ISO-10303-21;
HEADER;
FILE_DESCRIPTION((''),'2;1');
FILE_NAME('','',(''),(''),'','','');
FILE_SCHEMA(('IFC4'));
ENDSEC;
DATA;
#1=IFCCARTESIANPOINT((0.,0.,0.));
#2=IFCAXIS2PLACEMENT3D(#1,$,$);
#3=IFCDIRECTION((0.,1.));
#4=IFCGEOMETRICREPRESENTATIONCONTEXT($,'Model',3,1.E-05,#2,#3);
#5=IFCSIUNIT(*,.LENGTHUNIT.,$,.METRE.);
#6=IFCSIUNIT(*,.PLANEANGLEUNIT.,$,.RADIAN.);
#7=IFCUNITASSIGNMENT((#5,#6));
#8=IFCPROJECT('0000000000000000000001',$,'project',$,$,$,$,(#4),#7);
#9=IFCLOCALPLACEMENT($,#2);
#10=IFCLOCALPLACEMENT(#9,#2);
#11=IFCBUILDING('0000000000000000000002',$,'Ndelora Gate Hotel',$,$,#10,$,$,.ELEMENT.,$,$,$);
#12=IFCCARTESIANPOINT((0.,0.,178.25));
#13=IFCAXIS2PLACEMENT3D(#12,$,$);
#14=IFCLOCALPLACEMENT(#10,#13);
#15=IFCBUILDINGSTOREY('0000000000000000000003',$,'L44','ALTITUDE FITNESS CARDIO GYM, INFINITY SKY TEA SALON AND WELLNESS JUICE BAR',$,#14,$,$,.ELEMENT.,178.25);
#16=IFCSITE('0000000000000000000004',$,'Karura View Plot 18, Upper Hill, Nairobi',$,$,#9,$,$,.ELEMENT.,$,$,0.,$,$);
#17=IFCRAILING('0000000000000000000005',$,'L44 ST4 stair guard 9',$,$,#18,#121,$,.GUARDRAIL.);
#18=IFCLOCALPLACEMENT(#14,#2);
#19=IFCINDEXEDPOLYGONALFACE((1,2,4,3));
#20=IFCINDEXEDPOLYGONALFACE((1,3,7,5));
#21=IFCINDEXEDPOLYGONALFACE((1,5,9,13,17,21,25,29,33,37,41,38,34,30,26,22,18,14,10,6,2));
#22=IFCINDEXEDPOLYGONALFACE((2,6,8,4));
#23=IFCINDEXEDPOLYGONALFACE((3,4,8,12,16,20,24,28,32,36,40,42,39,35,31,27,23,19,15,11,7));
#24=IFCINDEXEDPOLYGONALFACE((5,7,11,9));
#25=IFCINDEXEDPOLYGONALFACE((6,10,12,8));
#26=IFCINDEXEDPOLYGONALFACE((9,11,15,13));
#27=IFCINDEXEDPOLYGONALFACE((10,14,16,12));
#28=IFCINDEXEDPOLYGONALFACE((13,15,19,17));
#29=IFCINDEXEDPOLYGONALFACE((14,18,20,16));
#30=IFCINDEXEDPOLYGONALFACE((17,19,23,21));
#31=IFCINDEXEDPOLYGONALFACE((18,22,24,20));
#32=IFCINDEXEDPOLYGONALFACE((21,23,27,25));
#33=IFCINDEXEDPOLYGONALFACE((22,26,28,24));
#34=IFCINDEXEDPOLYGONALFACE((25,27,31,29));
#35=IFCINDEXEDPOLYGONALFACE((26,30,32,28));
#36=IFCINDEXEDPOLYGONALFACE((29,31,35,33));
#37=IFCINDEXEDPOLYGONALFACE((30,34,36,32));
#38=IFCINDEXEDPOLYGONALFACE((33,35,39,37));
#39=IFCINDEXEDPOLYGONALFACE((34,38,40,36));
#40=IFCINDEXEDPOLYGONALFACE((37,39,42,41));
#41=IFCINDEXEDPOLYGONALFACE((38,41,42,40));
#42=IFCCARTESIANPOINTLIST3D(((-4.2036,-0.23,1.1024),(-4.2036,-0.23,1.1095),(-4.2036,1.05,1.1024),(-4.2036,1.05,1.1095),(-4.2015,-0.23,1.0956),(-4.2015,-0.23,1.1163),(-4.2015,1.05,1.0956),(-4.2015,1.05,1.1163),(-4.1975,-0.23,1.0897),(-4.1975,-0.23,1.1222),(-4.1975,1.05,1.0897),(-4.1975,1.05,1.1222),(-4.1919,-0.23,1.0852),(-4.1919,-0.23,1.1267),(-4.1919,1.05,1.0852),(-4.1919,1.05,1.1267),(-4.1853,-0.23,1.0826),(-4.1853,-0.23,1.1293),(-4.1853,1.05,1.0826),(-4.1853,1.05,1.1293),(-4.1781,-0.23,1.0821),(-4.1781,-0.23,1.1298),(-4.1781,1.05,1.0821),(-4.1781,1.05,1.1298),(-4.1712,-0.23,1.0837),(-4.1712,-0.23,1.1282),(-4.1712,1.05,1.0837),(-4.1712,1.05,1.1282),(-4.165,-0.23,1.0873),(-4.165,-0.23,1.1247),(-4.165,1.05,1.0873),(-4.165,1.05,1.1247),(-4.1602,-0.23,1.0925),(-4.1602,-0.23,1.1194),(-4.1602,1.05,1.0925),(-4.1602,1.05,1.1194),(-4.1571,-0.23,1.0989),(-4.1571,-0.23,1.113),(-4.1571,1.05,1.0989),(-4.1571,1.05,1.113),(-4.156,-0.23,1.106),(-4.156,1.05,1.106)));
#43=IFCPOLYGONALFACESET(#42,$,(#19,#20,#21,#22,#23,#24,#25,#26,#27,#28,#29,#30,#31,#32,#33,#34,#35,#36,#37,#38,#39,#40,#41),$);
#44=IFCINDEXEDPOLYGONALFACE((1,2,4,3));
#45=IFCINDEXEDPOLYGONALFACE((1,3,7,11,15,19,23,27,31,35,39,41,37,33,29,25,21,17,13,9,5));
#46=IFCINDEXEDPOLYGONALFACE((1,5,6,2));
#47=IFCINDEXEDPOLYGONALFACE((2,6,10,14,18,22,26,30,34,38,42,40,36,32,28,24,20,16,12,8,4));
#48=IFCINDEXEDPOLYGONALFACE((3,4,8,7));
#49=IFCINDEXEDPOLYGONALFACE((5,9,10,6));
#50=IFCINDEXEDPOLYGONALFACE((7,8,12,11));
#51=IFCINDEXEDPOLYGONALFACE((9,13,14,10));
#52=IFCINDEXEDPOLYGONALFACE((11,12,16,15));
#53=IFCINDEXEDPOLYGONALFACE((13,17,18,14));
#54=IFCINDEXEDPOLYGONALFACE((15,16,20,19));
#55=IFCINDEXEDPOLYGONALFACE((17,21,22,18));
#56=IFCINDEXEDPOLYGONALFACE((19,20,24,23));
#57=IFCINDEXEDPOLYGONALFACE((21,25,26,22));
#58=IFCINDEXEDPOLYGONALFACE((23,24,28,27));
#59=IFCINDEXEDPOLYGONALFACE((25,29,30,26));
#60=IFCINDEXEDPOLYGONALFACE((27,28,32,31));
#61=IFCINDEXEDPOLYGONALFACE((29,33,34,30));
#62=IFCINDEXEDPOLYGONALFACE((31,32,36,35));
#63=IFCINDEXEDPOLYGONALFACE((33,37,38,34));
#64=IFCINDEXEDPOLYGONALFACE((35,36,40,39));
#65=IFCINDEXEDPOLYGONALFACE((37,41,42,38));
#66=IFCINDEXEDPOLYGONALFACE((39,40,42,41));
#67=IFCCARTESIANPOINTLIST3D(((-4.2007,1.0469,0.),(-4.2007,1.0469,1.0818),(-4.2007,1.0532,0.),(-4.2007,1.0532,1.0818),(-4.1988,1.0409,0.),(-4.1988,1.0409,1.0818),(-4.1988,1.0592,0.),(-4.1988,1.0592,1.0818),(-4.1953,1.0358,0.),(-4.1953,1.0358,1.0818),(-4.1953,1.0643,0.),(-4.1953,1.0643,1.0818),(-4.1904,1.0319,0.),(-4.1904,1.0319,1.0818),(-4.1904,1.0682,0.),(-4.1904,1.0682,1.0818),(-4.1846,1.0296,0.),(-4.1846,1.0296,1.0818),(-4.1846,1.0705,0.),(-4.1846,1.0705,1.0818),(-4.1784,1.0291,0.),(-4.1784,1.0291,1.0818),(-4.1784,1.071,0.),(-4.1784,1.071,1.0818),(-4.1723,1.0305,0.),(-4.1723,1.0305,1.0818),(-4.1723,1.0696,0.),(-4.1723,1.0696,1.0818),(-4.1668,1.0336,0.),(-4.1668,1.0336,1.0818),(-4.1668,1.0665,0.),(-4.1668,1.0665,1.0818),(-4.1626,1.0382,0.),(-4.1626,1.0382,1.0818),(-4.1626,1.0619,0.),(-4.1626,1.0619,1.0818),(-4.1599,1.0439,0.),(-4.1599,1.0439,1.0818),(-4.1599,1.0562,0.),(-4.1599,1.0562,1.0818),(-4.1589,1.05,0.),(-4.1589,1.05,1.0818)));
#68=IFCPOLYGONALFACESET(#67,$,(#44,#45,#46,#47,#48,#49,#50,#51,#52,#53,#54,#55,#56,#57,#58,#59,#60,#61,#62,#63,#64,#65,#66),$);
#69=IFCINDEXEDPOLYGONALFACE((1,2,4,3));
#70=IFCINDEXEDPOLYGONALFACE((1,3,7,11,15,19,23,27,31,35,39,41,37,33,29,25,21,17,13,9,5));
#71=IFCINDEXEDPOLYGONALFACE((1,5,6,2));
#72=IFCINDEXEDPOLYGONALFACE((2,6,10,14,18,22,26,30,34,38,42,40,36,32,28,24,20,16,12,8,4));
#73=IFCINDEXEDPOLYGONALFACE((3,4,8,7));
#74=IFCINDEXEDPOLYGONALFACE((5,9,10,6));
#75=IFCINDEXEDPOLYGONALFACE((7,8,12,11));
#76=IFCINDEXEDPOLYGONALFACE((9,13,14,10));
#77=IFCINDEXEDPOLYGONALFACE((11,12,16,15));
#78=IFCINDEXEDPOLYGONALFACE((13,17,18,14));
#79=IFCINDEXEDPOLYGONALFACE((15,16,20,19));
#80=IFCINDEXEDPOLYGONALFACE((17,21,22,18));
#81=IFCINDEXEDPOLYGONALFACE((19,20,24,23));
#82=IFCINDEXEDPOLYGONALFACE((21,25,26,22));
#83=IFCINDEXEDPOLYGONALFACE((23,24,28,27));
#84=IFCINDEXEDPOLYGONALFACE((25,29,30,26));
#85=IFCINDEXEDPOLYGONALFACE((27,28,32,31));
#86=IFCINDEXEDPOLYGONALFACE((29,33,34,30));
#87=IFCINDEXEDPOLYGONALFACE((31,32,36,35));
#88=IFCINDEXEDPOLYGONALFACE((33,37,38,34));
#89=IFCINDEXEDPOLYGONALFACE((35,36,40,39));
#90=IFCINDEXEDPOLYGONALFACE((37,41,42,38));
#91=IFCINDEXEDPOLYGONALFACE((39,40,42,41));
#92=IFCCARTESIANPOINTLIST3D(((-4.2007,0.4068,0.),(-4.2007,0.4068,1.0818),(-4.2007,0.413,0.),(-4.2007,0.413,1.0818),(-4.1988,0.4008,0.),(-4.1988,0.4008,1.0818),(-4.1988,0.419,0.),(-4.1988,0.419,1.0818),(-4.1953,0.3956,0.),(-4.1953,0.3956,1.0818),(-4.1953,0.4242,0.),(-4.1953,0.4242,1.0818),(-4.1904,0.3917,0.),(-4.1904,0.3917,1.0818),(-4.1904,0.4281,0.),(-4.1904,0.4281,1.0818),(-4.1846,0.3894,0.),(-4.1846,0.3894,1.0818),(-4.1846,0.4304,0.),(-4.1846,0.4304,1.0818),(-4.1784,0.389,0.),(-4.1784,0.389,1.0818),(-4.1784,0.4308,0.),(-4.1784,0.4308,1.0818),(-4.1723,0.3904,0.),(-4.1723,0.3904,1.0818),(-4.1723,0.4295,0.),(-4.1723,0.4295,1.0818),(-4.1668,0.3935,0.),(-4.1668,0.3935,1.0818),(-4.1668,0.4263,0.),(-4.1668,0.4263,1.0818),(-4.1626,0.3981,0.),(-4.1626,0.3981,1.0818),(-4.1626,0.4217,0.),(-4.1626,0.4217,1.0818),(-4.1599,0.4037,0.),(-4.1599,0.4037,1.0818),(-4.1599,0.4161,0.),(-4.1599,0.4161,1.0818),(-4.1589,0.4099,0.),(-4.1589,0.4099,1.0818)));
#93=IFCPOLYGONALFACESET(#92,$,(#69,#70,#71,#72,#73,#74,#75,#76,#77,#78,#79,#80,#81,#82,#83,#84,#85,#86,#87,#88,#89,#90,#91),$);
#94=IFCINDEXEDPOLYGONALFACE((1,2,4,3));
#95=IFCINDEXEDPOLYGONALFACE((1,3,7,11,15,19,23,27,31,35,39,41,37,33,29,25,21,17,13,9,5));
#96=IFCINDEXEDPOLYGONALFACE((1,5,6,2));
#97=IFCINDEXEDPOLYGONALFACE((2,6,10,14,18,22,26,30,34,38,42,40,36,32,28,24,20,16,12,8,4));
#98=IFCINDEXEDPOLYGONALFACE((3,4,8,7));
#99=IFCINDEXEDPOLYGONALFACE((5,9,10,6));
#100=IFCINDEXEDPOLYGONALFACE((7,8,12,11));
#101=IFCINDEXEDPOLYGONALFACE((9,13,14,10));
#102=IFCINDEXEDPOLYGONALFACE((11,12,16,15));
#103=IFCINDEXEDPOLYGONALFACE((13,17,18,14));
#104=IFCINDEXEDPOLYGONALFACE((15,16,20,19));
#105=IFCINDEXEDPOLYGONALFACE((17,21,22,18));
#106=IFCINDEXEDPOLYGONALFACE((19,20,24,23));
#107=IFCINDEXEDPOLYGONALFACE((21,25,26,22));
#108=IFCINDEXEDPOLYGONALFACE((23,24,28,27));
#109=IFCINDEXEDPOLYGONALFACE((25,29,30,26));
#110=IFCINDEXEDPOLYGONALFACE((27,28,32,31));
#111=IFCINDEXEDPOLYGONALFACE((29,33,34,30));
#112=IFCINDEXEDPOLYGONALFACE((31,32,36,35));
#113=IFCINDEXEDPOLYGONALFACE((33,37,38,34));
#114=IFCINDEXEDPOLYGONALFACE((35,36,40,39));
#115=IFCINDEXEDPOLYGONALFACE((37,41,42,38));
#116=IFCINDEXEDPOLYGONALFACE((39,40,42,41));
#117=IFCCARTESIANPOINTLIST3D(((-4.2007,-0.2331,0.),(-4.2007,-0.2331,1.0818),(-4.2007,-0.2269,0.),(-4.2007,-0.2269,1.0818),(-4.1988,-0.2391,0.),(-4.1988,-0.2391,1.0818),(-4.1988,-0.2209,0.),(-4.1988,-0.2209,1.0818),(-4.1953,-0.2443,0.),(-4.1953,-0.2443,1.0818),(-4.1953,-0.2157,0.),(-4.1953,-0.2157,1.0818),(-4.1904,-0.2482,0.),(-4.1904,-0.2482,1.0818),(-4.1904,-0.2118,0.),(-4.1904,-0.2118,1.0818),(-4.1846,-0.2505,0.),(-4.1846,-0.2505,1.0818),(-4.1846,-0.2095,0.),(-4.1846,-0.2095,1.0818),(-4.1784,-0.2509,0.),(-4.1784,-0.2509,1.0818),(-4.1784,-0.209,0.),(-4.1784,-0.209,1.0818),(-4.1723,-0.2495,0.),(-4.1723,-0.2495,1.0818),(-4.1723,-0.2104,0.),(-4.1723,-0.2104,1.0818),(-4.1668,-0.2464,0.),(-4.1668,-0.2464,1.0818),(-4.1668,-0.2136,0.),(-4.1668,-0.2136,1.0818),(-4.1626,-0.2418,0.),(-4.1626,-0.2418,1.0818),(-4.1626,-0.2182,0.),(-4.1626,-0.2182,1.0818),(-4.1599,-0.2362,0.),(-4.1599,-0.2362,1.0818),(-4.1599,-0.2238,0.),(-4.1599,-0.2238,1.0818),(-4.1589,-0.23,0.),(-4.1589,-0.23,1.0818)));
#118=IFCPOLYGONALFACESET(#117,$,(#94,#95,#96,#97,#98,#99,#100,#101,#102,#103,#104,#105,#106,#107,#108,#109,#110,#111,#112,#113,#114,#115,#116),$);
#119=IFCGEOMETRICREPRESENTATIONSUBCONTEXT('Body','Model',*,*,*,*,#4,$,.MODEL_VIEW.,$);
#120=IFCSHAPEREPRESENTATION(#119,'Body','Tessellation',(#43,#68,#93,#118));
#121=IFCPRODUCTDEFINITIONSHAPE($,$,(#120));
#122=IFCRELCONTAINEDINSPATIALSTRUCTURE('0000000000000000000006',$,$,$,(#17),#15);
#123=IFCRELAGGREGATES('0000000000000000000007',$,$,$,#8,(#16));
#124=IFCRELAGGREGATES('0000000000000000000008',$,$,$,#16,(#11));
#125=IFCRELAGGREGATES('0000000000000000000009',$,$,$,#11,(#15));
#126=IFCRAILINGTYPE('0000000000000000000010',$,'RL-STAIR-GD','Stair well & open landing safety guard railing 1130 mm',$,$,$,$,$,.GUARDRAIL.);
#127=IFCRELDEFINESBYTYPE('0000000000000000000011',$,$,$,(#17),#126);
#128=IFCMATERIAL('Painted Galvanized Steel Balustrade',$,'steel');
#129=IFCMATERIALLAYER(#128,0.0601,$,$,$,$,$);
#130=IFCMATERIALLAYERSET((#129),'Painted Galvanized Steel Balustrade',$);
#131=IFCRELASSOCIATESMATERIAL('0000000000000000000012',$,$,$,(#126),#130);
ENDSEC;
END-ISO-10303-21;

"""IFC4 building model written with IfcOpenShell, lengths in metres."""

from ifc_helpers import new_model, si_unit, direction, frame, origin, origin_2d, place, context, subcontext, project, spatial, circle, extrude, material, layer, layer_set, type_object, element, save


model = new_model("IFC4")

# Units and contexts
model_context = context("Model", 3, precision=1e-05, world=origin(), true_north=direction((0.0, 1.0)))
body_context = subcontext(model_context, "Body", "Model", "MODEL_VIEW")
ifc_project = project(units=[si_unit("LENGTHUNIT", "METRE"), si_unit("PLANEANGLEUNIT", "RADIAN")], contexts=[model_context])

# Site, building, storey
site_placement = place(None, origin())
site = spatial("IfcSite", under=ifc_project, at=site_placement, Name="Karura View Plot 18, Upper Hill, Nairobi", CompositionType="ELEMENT", RefElevation=0.0)
building_placement = place(site_placement, origin())
building = spatial("IfcBuilding", under=site, at=building_placement, Name="Ndelora Gate Hotel", CompositionType="ELEMENT")
storey_placement = place(building_placement, frame((0.0, 0.0, 178.25)))
storey = spatial("IfcBuildingStorey", under=building, at=storey_placement, Name="L44", Description="ALTITUDE FITNESS CARDIO GYM, INFINITY SKY TEA SALON AND WELLNESS JUICE BAR", CompositionType="ELEMENT", Elevation=178.25)

# Railing
ifc_material_1 = material(Name="Painted Galvanized Steel Balustrade", Category="steel")
ifc_layer_1 = layer(ifc_material_1, 0.0601)
ifc_layer_set_1 = layer_set([ifc_layer_1], Name="Painted Galvanized Steel Balustrade")
railing_type_1 = type_object("IfcRailingType", Name="RL-STAIR-GD", Description="Stair well & open landing safety guard railing 1130 mm", PredefinedType="GUARDRAIL", material=ifc_layer_set_1)
for number, where, name in (
    (1, (-4.1799, 1.05, 0.0), "L44 ST4 stair guard 9"),
):
    element("IfcRailing", number, at=place(storey_placement, frame(where)), inside=storey, type_object=railing_type_1, Name=name, PredefinedType="GUARDRAIL", context=body_context, shape_type="SweptSolid", body=[
        extrude(circle(Radius=0.0239, at=origin_2d()), frame((0.0, 0.0, 1.106), z_axis=(0.0, -1.0, 0.0), x_axis=(1.0, 0.0, 0.0)), (0.0, 0.0, 1.0), 1.28),
        extrude(circle(Radius=0.021, at=origin_2d()), origin(), (0.0, 0.0, 1.0), 1.0818),
        extrude(circle(Radius=0.021, at=origin_2d()), frame((0.0, -0.6401, 0.0)), (0.0, 0.0, 1.0), 1.0818),
        extrude(circle(Radius=0.021, at=origin_2d()), frame((0.0, -1.28, 0.0)), (0.0, 0.0, 1.0), 1.0818),
    ])

save(model, "model.ifc")
